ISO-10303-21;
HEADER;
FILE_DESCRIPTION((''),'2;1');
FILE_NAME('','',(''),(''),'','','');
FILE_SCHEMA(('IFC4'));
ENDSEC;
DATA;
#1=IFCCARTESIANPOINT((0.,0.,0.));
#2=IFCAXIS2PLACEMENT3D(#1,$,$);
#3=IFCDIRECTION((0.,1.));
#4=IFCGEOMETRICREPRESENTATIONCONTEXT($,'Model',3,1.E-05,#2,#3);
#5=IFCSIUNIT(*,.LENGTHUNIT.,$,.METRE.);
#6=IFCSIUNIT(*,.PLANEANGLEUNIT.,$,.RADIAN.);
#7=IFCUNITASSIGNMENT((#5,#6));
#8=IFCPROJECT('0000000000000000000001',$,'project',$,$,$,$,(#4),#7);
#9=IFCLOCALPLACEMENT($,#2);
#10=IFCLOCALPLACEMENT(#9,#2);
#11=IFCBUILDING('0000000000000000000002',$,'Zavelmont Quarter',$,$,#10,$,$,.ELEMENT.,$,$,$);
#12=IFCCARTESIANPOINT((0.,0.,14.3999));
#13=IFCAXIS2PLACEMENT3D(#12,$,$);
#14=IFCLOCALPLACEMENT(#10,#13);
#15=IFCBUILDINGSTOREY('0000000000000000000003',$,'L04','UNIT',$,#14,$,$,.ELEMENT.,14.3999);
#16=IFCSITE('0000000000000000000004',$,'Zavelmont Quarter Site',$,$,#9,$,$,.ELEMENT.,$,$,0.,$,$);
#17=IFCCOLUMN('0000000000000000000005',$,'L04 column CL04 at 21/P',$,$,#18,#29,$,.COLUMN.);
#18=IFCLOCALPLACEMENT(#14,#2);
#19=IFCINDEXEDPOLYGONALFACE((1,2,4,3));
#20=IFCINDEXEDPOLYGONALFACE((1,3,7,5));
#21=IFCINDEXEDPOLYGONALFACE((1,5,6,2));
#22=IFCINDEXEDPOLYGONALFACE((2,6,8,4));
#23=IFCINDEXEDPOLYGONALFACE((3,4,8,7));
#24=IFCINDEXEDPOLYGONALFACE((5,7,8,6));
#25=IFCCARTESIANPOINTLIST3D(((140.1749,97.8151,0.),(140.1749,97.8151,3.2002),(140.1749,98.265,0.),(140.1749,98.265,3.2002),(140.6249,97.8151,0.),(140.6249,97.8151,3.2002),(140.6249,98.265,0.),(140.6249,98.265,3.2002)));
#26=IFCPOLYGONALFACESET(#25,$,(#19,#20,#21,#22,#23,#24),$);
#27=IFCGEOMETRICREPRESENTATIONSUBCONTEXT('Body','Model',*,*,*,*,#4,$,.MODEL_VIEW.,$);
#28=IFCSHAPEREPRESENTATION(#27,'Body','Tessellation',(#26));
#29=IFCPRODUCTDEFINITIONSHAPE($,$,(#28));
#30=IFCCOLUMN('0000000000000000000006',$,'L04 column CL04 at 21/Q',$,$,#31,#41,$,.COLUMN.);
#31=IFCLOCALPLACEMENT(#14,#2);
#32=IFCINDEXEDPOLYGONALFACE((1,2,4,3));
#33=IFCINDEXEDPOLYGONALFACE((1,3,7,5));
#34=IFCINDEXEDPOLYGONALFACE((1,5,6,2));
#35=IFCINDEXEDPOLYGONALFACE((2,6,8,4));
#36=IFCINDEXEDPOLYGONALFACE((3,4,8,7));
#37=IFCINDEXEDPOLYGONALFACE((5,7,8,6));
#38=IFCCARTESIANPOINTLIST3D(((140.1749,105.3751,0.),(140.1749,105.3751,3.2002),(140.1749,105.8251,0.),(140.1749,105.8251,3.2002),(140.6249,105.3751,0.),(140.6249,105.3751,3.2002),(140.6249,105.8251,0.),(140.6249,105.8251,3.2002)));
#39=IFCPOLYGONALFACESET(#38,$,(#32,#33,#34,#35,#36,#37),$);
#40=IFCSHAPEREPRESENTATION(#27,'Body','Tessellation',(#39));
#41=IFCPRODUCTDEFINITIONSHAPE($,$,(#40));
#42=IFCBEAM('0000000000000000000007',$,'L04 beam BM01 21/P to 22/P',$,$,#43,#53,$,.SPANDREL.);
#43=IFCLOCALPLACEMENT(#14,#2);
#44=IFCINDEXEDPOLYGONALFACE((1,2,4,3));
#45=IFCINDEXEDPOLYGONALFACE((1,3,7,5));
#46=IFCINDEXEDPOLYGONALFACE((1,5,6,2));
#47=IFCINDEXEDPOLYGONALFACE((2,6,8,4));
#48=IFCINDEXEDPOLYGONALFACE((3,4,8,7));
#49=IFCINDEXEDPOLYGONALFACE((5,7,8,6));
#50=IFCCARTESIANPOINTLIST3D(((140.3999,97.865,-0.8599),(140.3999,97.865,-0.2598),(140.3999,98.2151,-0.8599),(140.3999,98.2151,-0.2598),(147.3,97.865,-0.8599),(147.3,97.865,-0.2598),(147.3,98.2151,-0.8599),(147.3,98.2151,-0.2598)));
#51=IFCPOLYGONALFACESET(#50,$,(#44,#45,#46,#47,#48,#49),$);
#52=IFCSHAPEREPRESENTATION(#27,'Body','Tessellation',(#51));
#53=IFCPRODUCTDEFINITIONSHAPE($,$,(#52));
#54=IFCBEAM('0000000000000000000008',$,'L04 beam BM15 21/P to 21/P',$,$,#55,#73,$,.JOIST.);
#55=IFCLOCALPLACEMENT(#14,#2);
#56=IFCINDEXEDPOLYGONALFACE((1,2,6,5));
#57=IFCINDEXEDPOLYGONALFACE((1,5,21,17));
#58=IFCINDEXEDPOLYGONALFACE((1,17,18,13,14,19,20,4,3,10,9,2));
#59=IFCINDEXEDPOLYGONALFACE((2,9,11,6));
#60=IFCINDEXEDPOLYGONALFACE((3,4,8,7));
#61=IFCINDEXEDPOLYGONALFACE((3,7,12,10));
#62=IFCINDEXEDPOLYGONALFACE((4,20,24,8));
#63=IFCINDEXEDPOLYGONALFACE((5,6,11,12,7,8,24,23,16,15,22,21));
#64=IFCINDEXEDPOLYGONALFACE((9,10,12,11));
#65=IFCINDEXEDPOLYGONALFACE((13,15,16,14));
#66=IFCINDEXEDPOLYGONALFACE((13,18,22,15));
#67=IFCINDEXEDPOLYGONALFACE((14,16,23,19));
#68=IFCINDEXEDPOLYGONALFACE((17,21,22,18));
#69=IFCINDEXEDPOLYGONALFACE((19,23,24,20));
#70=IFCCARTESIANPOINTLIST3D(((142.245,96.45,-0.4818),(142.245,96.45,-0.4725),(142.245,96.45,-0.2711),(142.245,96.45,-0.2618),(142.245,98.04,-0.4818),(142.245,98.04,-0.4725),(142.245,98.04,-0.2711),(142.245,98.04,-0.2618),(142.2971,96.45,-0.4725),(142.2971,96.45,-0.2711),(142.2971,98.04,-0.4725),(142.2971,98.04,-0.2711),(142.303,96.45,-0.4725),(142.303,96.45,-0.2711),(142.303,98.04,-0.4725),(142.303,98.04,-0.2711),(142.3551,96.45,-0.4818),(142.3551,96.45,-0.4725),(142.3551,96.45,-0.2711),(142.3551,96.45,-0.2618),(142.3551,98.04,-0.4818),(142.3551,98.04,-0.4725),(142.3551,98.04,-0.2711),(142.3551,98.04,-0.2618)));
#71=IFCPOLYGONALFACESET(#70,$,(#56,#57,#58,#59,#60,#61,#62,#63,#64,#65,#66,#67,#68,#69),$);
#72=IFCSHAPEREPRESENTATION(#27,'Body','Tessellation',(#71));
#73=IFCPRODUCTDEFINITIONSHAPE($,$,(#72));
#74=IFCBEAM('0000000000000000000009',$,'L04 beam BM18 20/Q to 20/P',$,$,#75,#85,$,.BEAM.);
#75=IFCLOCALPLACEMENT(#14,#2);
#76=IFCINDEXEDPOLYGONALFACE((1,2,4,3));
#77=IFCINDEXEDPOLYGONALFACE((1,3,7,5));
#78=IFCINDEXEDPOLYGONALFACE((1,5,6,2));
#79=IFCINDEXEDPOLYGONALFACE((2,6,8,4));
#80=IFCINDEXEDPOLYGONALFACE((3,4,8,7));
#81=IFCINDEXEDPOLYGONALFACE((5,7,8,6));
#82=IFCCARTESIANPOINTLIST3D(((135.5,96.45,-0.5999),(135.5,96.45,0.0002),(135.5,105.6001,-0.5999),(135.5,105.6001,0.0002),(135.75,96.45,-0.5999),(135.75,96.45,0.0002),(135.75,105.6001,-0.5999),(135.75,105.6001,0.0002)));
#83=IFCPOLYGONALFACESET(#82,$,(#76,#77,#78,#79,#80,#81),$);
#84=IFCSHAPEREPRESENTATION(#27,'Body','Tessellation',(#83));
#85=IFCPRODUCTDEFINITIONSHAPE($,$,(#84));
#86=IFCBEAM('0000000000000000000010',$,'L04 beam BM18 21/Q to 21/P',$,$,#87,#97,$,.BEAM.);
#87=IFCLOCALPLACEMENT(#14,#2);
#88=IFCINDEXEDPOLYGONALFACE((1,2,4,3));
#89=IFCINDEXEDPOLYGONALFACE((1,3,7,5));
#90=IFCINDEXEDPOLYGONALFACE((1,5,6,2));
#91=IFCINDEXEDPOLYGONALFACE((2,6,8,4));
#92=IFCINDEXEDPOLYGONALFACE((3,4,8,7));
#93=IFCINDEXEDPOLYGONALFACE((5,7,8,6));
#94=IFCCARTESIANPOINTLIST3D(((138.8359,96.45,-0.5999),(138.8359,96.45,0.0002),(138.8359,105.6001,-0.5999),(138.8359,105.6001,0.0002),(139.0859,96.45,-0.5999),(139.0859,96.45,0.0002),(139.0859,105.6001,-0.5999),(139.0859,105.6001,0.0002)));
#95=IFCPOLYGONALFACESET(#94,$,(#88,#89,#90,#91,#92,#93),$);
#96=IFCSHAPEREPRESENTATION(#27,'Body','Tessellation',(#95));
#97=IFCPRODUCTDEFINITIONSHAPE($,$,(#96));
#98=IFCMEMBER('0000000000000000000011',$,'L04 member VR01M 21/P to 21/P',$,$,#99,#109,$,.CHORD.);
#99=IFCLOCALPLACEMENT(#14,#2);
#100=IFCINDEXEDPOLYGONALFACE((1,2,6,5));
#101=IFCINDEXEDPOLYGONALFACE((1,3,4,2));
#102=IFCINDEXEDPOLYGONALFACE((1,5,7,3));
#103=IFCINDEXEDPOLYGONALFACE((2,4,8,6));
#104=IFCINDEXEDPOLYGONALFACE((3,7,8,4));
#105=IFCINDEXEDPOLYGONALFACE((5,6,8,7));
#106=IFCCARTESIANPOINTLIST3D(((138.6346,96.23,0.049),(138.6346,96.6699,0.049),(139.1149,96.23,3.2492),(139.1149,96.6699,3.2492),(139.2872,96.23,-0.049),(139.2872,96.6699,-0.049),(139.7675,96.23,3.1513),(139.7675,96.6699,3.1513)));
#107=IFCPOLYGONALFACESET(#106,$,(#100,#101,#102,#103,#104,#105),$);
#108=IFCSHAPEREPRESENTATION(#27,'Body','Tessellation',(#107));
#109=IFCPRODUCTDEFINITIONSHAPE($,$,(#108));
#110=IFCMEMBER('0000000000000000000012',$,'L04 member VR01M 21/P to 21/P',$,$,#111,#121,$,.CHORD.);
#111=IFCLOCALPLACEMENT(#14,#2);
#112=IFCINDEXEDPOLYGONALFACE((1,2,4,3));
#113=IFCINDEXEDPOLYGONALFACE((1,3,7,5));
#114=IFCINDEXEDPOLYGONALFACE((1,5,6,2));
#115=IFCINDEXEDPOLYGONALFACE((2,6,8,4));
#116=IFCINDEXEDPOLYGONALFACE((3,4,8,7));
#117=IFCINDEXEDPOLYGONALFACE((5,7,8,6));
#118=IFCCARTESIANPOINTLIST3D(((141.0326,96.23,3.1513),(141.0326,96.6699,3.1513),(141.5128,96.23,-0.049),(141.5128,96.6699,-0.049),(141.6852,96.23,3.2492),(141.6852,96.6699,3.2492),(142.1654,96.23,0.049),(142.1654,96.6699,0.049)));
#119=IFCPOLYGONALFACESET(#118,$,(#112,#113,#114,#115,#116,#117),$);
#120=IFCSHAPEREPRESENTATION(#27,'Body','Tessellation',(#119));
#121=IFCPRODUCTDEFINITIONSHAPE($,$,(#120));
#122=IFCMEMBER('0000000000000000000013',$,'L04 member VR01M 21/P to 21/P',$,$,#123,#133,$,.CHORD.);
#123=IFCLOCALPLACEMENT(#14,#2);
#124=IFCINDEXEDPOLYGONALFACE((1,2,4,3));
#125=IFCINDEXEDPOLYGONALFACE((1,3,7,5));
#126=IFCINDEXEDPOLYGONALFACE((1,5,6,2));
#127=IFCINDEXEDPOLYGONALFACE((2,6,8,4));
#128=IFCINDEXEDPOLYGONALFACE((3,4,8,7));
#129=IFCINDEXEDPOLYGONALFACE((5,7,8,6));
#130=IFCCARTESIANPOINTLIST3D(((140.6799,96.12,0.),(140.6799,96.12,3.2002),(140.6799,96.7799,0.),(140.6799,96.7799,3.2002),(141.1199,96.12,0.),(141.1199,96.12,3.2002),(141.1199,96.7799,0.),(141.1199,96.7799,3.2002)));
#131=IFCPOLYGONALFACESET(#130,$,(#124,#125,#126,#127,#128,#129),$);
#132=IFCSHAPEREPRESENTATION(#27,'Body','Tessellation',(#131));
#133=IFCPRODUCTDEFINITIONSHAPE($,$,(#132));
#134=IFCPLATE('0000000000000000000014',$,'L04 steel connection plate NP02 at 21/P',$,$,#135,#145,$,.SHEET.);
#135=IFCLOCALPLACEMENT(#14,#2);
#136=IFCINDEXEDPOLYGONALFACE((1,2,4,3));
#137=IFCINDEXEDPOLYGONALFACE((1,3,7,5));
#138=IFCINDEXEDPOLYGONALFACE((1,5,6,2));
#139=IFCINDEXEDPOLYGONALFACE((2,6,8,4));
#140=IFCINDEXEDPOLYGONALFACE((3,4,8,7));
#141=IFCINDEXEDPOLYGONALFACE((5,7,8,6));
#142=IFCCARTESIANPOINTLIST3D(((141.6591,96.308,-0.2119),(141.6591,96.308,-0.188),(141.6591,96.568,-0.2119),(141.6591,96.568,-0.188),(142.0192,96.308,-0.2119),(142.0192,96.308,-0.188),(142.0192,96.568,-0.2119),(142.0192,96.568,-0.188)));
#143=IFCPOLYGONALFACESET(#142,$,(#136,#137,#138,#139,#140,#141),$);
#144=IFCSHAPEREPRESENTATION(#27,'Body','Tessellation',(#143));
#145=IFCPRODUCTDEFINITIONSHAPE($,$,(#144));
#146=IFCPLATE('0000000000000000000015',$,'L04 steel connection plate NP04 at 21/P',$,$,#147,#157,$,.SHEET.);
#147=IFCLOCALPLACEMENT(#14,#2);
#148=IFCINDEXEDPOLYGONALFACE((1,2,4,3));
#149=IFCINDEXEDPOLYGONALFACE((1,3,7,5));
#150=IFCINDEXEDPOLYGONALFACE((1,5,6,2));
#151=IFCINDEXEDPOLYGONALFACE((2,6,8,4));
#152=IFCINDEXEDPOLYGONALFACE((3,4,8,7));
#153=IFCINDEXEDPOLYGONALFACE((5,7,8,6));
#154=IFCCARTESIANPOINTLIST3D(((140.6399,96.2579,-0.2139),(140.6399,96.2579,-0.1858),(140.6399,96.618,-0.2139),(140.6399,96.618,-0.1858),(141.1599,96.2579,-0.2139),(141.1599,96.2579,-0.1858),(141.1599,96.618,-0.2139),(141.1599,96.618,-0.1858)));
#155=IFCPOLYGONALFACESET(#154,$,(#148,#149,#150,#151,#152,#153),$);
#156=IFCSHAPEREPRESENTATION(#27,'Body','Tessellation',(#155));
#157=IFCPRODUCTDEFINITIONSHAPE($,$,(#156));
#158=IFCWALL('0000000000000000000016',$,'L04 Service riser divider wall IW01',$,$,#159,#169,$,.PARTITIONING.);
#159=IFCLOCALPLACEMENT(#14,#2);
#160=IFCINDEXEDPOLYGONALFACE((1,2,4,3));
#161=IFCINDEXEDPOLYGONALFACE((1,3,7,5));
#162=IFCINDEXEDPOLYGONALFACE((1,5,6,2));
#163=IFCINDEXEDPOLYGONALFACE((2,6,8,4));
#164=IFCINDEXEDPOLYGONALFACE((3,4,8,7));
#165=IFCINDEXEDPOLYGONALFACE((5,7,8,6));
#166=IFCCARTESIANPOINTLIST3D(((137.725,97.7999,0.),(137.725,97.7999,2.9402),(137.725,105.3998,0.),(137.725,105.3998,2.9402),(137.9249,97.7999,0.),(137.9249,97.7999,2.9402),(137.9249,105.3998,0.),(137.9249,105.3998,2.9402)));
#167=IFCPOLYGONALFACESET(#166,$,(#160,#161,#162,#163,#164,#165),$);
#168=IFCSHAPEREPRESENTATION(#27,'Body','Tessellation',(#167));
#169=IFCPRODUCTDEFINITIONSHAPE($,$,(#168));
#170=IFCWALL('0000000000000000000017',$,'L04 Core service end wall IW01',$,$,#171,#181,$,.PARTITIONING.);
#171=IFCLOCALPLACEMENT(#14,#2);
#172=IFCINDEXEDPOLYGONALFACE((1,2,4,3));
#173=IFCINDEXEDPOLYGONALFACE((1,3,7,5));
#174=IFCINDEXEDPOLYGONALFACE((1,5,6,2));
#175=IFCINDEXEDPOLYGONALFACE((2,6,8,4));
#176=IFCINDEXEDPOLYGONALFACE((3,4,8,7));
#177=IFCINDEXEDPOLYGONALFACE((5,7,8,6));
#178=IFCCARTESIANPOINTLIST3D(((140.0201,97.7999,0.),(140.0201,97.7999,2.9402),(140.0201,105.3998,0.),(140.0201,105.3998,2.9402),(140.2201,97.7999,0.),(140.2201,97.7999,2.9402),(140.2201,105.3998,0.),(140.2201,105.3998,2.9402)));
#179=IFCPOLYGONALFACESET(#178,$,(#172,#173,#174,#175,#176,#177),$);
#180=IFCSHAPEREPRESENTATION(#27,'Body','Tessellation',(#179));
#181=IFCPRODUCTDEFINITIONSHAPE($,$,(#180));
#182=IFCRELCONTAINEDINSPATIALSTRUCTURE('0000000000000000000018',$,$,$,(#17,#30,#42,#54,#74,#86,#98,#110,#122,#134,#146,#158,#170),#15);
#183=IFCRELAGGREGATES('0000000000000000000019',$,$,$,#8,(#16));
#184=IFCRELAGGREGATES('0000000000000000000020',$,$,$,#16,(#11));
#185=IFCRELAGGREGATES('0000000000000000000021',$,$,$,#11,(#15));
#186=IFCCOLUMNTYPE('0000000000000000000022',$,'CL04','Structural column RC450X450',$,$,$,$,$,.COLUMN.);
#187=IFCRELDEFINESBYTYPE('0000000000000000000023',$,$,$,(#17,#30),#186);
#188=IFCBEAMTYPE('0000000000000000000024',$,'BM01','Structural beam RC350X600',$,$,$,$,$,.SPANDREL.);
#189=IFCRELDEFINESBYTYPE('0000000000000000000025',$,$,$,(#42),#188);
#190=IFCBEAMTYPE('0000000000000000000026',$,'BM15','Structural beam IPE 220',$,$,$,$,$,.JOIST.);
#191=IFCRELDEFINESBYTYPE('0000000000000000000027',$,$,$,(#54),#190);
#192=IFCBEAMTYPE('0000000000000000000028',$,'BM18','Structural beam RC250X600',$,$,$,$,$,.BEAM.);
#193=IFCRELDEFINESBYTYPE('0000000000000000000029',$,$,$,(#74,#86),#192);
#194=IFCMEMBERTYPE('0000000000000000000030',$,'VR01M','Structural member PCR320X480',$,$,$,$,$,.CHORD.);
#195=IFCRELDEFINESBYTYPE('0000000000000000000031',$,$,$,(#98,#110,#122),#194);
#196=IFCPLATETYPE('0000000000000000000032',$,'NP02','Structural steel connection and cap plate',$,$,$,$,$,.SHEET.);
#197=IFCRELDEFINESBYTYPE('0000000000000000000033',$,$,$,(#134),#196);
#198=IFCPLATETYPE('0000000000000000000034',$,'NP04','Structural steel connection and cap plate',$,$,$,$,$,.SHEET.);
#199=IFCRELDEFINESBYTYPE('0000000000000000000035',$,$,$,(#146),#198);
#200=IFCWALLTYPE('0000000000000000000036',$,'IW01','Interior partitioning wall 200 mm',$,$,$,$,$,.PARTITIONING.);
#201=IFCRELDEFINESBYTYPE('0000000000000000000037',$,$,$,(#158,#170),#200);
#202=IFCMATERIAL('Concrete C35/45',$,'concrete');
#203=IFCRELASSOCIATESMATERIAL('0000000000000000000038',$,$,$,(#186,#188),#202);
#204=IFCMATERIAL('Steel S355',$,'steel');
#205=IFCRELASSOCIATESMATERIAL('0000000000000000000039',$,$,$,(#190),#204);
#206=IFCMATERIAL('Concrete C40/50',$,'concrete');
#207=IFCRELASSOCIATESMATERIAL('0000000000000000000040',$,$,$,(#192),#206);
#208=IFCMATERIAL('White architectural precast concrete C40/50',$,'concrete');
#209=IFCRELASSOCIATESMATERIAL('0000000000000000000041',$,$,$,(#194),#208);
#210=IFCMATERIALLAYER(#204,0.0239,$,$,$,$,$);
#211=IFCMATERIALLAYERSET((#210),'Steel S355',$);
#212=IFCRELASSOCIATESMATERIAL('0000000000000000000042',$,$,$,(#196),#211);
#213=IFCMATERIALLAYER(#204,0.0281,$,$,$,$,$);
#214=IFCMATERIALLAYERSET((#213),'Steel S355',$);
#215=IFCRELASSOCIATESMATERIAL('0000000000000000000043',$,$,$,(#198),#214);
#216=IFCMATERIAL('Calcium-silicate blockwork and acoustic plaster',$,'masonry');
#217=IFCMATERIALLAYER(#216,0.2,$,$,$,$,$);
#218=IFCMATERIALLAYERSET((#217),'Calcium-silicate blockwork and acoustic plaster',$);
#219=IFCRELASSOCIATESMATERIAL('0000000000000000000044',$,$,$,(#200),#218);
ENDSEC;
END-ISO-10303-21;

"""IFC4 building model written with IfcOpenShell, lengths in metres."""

from ifc_helpers import new_model, si_unit, direction, frame, frame_2d, origin, origin_2d, place, context, subcontext, project, spatial, rectangle, i_section, extrude, material, layer, layer_set, material_profile, profile_set, type_object, element, save


model = new_model("IFC4")

# Units and contexts
model_context = context("Model", 3, precision=1e-05, world=origin(), true_north=direction((0.0, 1.0)))
body_context = subcontext(model_context, "Body", "Model", "MODEL_VIEW")
ifc_project = project(units=[si_unit("LENGTHUNIT", "METRE"), si_unit("PLANEANGLEUNIT", "RADIAN")], contexts=[model_context])

# Site, building, storey
site_placement = place(None, origin())
site = spatial("IfcSite", under=ifc_project, at=site_placement, Name="Zavelmont Quarter Site", CompositionType="ELEMENT", RefElevation=0.0)
building_placement = place(site_placement, origin())
building = spatial("IfcBuilding", under=site, at=building_placement, Name="Zavelmont Quarter", CompositionType="ELEMENT")
storey_placement = place(building_placement, frame((0.0, 0.0, 14.3999)))
storey = spatial("IfcBuildingStorey", under=building, at=storey_placement, Name="L04", Description="UNIT", CompositionType="ELEMENT", Elevation=14.3999)

# Columns
ifc_material_1 = material(Name="Concrete C35/45", Category="concrete")
ifc_material_profile_1 = material_profile(ifc_material_1, rectangle(XDim=0.45, YDim=0.45, at=origin_2d()), Name="RC450X450")
ifc_profile_set_1 = profile_set([ifc_material_profile_1], Name="Concrete C35/45")
column_type = type_object("IfcColumnType", Name="CL04", Description="Structural column RC450X450", PredefinedType="COLUMN", material=ifc_profile_set_1)
for number, where, z_axis, x_axis, name in (
    (1, (140.3999, 98.04, 0.0), (0.0, 0.0, 1.0), (1.0, 0.0, 0.0), "L04 column CL04 at 21/P"),
    (2, (140.3999, 105.6001, 0.0), (0.0, 0.0, 1.0), (1.0, 0.0, 0.0), "L04 column CL04 at 21/Q"),
):
    element("IfcColumn", number, at=place(storey_placement, frame(where, z_axis=z_axis, x_axis=x_axis)), inside=storey, type_object=column_type, Name=name, PredefinedType="COLUMN", context=body_context, shape_type="SweptSolid", body=[
        extrude(rectangle(XDim=0.45, YDim=0.45, at=origin_2d()), origin(), (0.0, 0.0, 1.0), 3.2002),
    ])

# Beams
ifc_material_profile_2 = material_profile(ifc_material_1, rectangle(XDim=0.3501, YDim=0.6001, at=origin_2d()), Name="RC350X600")
ifc_profile_set_2 = profile_set([ifc_material_profile_2], Name="Concrete C35/45")
beam_type_1 = type_object("IfcBeamType", Name="BM01", Description="Structural beam RC350X600", PredefinedType="SPANDREL", material=ifc_profile_set_2)
beam_1_placement = place(storey_placement, frame((140.3999, 98.04, -0.5598), z_axis=(1.0, 0.0, 0.0), x_axis=(0.0, 1.0, 0.0)))
element("IfcBeam", 3, at=beam_1_placement, inside=storey, type_object=beam_type_1, Name="L04 beam BM01 21/P to 22/P", PredefinedType="SPANDREL", context=body_context, shape_type="SweptSolid", body=[
    extrude(rectangle(XDim=0.3501, YDim=0.6001, at=origin_2d()), origin(), (0.0, 0.0, 1.0), 6.9001),
])
ifc_material_2 = material(Name="Steel S355", Category="steel")
ifc_material_profile_3 = material_profile(ifc_material_2, i_section(OverallWidth=0.1101, OverallDepth=0.22, WebThickness=0.0059, FlangeThickness=0.0093, at=origin_2d()), Name="IPE 220")
ifc_profile_set_3 = profile_set([ifc_material_profile_3], Name="Steel S355")
beam_type_2 = type_object("IfcBeamType", Name="BM15", Description="Structural beam IPE 220", PredefinedType="JOIST", material=ifc_profile_set_3)
beam_2_placement = place(storey_placement, frame((142.3, 98.04, -0.3718), z_axis=(0.0, -1.0, 0.0), x_axis=(1.0, 0.0, 0.0)))
element("IfcBeam", 4, at=beam_2_placement, inside=storey, type_object=beam_type_2, Name="L04 beam BM15 21/P to 21/P", PredefinedType="JOIST", context=body_context, shape_type="SweptSolid", body=[
    extrude(i_section(OverallWidth=0.1101, OverallDepth=0.22, WebThickness=0.0059, FlangeThickness=0.0093, at=origin_2d()), origin(), (0.0, 0.0, 1.0), 1.5901),
])
ifc_material_3 = material(Name="Concrete C40/50", Category="concrete")
ifc_material_profile_4 = material_profile(ifc_material_3, rectangle(XDim=0.25, YDim=0.6001, at=origin_2d()), Name="RC250X600")
ifc_profile_set_4 = profile_set([ifc_material_profile_4], Name="Concrete C40/50")
beam_type_3 = type_object("IfcBeamType", Name="BM18", Description="Structural beam RC250X600", PredefinedType="BEAM", material=ifc_profile_set_4)
for number, where, z_axis, x_axis, name in (
    (5, (135.625, 105.6001, -0.2998), (0.0, -1.0, 0.0), (1.0, 0.0, 0.0), "L04 beam BM18 20/Q to 20/P"),
    (6, (138.9609, 105.6001, -0.2998), (0.0, -1.0, 0.0), (1.0, 0.0, 0.0), "L04 beam BM18 21/Q to 21/P"),
):
    element("IfcBeam", number, at=place(storey_placement, frame(where, z_axis=z_axis, x_axis=x_axis)), inside=storey, type_object=beam_type_3, Name=name, PredefinedType="BEAM", context=body_context, shape_type="SweptSolid", body=[
        extrude(rectangle(XDim=0.25, YDim=0.6001, at=origin_2d()), origin(), (0.0, 0.0, 1.0), 9.1501),
    ])

# Members
ifc_material_4 = material(Name="White architectural precast concrete C40/50", Category="concrete")
ifc_material_profile_5 = material_profile(ifc_material_4, rectangle(XDim=0.4399, YDim=0.6599, at=origin_2d()), Name="PCR320X480")
ifc_profile_set_5 = profile_set([ifc_material_profile_5], Name="White architectural precast concrete C40/50")
member_type = type_object("IfcMemberType", Name="VR01M", Description="Structural member PCR320X480", PredefinedType="CHORD", material=ifc_profile_set_5)
for number, where, z_axis, x_axis, name in (
    (7, (138.9609, 96.45, 0.0), (0.148399, 0.0, 0.988927), (0.0, 1.0, 0.0), "L04 member VR01M 21/P to 21/P"),
    (8, (141.8391, 96.45, 0.0), (-0.148399, 0.0, 0.988927), (0.0, -1.0, 0.0), "L04 member VR01M 21/P to 21/P"),
):
    element("IfcMember", number, at=place(storey_placement, frame(where, z_axis=z_axis, x_axis=x_axis)), inside=storey, type_object=member_type, Name=name, PredefinedType="CHORD", context=body_context, shape_type="SweptSolid", body=[
        extrude(rectangle(XDim=0.4399, YDim=0.6599, at=origin_2d()), origin(), (0.0, 0.0, 1.0), 3.2361),
    ])
member_placement = place(storey_placement, frame((140.8999, 96.45, 0.0), z_axis=(0.0, 0.0, 1.0), x_axis=(1.0, 0.0, 0.0)))
element("IfcMember", 9, at=member_placement, inside=storey, type_object=member_type, Name="L04 member VR01M 21/P to 21/P", PredefinedType="CHORD", context=body_context, shape_type="SweptSolid", body=[
    extrude(rectangle(XDim=0.4399, YDim=0.6599, at=origin_2d()), origin(), (0.0, 0.0, 1.0), 3.2002),
])

# Plates
ifc_layer_1 = layer(ifc_material_2, 0.0239)
ifc_layer_set_1 = layer_set([ifc_layer_1], Name="Steel S355")
plate_type_1 = type_object("IfcPlateType", Name="NP02", Description="Structural steel connection and cap plate", PredefinedType="SHEET", material=ifc_layer_set_1)
plate_1_placement = place(storey_placement, frame((141.8391, 96.438, -0.2119), z_axis=(0.0, 0.0, 1.0), x_axis=(1.0, 0.0, 0.0)))
element("IfcPlate", 10, at=plate_1_placement, inside=storey, type_object=plate_type_1, Name="L04 steel connection plate NP02 at 21/P", PredefinedType="SHEET", context=body_context, shape_type="SweptSolid", body=[
    extrude(rectangle(XDim=0.3601, YDim=0.26, at=origin_2d()), origin(), (0.0, 0.0, 1.0), 0.0239),
])
ifc_layer_2 = layer(ifc_material_2, 0.0281)
ifc_layer_set_2 = layer_set([ifc_layer_2], Name="Steel S355")
plate_type_2 = type_object("IfcPlateType", Name="NP04", Description="Structural steel connection and cap plate", PredefinedType="SHEET", material=ifc_layer_set_2)
plate_2_placement = place(storey_placement, frame((140.8999, 96.438, -0.2139), z_axis=(0.0, 0.0, 1.0), x_axis=(1.0, 0.0, 0.0)))
element("IfcPlate", 11, at=plate_2_placement, inside=storey, type_object=plate_type_2, Name="L04 steel connection plate NP04 at 21/P", PredefinedType="SHEET", context=body_context, shape_type="SweptSolid", body=[
    extrude(rectangle(XDim=0.52, YDim=0.3601, at=origin_2d()), origin(), (0.0, 0.0, 1.0), 0.0281),
])

# Walls
ifc_material_5 = material(Name="Calcium-silicate blockwork and acoustic plaster", Category="masonry")
ifc_layer_3 = layer(ifc_material_5, 0.2)
ifc_layer_set_3 = layer_set([ifc_layer_3], Name="Calcium-silicate blockwork and acoustic plaster")
wall_type_1 = type_object("IfcWallType", Name="IW01", Description="Interior partitioning wall 200 mm", PredefinedType="PARTITIONING", material=ifc_layer_set_3)
for number, where, z_axis, x_axis, name in (
    (12, (137.825, 97.8, 0.0), (0.0, 0.0, 1.0), (0.0, 1.0, 0.0), "L04 Service riser divider wall IW01"),
    (13, (140.1201, 97.8, 0.0), (0.0, 0.0, 1.0), (0.0, 1.0, 0.0), "L04 Core service end wall IW01"),
):
    element("IfcWall", number, at=place(storey_placement, frame(where, z_axis=z_axis, x_axis=x_axis)), inside=storey, type_object=wall_type_1, Name=name, PredefinedType="PARTITIONING", context=body_context, shape_type="SweptSolid", body=[
        extrude(rectangle(XDim=7.5999, YDim=0.2, at=frame_2d((3.7998, 0.0))), origin(), (0.0, 0.0, 1.0), 2.9402),
    ])

save(model, "model.ifc")
